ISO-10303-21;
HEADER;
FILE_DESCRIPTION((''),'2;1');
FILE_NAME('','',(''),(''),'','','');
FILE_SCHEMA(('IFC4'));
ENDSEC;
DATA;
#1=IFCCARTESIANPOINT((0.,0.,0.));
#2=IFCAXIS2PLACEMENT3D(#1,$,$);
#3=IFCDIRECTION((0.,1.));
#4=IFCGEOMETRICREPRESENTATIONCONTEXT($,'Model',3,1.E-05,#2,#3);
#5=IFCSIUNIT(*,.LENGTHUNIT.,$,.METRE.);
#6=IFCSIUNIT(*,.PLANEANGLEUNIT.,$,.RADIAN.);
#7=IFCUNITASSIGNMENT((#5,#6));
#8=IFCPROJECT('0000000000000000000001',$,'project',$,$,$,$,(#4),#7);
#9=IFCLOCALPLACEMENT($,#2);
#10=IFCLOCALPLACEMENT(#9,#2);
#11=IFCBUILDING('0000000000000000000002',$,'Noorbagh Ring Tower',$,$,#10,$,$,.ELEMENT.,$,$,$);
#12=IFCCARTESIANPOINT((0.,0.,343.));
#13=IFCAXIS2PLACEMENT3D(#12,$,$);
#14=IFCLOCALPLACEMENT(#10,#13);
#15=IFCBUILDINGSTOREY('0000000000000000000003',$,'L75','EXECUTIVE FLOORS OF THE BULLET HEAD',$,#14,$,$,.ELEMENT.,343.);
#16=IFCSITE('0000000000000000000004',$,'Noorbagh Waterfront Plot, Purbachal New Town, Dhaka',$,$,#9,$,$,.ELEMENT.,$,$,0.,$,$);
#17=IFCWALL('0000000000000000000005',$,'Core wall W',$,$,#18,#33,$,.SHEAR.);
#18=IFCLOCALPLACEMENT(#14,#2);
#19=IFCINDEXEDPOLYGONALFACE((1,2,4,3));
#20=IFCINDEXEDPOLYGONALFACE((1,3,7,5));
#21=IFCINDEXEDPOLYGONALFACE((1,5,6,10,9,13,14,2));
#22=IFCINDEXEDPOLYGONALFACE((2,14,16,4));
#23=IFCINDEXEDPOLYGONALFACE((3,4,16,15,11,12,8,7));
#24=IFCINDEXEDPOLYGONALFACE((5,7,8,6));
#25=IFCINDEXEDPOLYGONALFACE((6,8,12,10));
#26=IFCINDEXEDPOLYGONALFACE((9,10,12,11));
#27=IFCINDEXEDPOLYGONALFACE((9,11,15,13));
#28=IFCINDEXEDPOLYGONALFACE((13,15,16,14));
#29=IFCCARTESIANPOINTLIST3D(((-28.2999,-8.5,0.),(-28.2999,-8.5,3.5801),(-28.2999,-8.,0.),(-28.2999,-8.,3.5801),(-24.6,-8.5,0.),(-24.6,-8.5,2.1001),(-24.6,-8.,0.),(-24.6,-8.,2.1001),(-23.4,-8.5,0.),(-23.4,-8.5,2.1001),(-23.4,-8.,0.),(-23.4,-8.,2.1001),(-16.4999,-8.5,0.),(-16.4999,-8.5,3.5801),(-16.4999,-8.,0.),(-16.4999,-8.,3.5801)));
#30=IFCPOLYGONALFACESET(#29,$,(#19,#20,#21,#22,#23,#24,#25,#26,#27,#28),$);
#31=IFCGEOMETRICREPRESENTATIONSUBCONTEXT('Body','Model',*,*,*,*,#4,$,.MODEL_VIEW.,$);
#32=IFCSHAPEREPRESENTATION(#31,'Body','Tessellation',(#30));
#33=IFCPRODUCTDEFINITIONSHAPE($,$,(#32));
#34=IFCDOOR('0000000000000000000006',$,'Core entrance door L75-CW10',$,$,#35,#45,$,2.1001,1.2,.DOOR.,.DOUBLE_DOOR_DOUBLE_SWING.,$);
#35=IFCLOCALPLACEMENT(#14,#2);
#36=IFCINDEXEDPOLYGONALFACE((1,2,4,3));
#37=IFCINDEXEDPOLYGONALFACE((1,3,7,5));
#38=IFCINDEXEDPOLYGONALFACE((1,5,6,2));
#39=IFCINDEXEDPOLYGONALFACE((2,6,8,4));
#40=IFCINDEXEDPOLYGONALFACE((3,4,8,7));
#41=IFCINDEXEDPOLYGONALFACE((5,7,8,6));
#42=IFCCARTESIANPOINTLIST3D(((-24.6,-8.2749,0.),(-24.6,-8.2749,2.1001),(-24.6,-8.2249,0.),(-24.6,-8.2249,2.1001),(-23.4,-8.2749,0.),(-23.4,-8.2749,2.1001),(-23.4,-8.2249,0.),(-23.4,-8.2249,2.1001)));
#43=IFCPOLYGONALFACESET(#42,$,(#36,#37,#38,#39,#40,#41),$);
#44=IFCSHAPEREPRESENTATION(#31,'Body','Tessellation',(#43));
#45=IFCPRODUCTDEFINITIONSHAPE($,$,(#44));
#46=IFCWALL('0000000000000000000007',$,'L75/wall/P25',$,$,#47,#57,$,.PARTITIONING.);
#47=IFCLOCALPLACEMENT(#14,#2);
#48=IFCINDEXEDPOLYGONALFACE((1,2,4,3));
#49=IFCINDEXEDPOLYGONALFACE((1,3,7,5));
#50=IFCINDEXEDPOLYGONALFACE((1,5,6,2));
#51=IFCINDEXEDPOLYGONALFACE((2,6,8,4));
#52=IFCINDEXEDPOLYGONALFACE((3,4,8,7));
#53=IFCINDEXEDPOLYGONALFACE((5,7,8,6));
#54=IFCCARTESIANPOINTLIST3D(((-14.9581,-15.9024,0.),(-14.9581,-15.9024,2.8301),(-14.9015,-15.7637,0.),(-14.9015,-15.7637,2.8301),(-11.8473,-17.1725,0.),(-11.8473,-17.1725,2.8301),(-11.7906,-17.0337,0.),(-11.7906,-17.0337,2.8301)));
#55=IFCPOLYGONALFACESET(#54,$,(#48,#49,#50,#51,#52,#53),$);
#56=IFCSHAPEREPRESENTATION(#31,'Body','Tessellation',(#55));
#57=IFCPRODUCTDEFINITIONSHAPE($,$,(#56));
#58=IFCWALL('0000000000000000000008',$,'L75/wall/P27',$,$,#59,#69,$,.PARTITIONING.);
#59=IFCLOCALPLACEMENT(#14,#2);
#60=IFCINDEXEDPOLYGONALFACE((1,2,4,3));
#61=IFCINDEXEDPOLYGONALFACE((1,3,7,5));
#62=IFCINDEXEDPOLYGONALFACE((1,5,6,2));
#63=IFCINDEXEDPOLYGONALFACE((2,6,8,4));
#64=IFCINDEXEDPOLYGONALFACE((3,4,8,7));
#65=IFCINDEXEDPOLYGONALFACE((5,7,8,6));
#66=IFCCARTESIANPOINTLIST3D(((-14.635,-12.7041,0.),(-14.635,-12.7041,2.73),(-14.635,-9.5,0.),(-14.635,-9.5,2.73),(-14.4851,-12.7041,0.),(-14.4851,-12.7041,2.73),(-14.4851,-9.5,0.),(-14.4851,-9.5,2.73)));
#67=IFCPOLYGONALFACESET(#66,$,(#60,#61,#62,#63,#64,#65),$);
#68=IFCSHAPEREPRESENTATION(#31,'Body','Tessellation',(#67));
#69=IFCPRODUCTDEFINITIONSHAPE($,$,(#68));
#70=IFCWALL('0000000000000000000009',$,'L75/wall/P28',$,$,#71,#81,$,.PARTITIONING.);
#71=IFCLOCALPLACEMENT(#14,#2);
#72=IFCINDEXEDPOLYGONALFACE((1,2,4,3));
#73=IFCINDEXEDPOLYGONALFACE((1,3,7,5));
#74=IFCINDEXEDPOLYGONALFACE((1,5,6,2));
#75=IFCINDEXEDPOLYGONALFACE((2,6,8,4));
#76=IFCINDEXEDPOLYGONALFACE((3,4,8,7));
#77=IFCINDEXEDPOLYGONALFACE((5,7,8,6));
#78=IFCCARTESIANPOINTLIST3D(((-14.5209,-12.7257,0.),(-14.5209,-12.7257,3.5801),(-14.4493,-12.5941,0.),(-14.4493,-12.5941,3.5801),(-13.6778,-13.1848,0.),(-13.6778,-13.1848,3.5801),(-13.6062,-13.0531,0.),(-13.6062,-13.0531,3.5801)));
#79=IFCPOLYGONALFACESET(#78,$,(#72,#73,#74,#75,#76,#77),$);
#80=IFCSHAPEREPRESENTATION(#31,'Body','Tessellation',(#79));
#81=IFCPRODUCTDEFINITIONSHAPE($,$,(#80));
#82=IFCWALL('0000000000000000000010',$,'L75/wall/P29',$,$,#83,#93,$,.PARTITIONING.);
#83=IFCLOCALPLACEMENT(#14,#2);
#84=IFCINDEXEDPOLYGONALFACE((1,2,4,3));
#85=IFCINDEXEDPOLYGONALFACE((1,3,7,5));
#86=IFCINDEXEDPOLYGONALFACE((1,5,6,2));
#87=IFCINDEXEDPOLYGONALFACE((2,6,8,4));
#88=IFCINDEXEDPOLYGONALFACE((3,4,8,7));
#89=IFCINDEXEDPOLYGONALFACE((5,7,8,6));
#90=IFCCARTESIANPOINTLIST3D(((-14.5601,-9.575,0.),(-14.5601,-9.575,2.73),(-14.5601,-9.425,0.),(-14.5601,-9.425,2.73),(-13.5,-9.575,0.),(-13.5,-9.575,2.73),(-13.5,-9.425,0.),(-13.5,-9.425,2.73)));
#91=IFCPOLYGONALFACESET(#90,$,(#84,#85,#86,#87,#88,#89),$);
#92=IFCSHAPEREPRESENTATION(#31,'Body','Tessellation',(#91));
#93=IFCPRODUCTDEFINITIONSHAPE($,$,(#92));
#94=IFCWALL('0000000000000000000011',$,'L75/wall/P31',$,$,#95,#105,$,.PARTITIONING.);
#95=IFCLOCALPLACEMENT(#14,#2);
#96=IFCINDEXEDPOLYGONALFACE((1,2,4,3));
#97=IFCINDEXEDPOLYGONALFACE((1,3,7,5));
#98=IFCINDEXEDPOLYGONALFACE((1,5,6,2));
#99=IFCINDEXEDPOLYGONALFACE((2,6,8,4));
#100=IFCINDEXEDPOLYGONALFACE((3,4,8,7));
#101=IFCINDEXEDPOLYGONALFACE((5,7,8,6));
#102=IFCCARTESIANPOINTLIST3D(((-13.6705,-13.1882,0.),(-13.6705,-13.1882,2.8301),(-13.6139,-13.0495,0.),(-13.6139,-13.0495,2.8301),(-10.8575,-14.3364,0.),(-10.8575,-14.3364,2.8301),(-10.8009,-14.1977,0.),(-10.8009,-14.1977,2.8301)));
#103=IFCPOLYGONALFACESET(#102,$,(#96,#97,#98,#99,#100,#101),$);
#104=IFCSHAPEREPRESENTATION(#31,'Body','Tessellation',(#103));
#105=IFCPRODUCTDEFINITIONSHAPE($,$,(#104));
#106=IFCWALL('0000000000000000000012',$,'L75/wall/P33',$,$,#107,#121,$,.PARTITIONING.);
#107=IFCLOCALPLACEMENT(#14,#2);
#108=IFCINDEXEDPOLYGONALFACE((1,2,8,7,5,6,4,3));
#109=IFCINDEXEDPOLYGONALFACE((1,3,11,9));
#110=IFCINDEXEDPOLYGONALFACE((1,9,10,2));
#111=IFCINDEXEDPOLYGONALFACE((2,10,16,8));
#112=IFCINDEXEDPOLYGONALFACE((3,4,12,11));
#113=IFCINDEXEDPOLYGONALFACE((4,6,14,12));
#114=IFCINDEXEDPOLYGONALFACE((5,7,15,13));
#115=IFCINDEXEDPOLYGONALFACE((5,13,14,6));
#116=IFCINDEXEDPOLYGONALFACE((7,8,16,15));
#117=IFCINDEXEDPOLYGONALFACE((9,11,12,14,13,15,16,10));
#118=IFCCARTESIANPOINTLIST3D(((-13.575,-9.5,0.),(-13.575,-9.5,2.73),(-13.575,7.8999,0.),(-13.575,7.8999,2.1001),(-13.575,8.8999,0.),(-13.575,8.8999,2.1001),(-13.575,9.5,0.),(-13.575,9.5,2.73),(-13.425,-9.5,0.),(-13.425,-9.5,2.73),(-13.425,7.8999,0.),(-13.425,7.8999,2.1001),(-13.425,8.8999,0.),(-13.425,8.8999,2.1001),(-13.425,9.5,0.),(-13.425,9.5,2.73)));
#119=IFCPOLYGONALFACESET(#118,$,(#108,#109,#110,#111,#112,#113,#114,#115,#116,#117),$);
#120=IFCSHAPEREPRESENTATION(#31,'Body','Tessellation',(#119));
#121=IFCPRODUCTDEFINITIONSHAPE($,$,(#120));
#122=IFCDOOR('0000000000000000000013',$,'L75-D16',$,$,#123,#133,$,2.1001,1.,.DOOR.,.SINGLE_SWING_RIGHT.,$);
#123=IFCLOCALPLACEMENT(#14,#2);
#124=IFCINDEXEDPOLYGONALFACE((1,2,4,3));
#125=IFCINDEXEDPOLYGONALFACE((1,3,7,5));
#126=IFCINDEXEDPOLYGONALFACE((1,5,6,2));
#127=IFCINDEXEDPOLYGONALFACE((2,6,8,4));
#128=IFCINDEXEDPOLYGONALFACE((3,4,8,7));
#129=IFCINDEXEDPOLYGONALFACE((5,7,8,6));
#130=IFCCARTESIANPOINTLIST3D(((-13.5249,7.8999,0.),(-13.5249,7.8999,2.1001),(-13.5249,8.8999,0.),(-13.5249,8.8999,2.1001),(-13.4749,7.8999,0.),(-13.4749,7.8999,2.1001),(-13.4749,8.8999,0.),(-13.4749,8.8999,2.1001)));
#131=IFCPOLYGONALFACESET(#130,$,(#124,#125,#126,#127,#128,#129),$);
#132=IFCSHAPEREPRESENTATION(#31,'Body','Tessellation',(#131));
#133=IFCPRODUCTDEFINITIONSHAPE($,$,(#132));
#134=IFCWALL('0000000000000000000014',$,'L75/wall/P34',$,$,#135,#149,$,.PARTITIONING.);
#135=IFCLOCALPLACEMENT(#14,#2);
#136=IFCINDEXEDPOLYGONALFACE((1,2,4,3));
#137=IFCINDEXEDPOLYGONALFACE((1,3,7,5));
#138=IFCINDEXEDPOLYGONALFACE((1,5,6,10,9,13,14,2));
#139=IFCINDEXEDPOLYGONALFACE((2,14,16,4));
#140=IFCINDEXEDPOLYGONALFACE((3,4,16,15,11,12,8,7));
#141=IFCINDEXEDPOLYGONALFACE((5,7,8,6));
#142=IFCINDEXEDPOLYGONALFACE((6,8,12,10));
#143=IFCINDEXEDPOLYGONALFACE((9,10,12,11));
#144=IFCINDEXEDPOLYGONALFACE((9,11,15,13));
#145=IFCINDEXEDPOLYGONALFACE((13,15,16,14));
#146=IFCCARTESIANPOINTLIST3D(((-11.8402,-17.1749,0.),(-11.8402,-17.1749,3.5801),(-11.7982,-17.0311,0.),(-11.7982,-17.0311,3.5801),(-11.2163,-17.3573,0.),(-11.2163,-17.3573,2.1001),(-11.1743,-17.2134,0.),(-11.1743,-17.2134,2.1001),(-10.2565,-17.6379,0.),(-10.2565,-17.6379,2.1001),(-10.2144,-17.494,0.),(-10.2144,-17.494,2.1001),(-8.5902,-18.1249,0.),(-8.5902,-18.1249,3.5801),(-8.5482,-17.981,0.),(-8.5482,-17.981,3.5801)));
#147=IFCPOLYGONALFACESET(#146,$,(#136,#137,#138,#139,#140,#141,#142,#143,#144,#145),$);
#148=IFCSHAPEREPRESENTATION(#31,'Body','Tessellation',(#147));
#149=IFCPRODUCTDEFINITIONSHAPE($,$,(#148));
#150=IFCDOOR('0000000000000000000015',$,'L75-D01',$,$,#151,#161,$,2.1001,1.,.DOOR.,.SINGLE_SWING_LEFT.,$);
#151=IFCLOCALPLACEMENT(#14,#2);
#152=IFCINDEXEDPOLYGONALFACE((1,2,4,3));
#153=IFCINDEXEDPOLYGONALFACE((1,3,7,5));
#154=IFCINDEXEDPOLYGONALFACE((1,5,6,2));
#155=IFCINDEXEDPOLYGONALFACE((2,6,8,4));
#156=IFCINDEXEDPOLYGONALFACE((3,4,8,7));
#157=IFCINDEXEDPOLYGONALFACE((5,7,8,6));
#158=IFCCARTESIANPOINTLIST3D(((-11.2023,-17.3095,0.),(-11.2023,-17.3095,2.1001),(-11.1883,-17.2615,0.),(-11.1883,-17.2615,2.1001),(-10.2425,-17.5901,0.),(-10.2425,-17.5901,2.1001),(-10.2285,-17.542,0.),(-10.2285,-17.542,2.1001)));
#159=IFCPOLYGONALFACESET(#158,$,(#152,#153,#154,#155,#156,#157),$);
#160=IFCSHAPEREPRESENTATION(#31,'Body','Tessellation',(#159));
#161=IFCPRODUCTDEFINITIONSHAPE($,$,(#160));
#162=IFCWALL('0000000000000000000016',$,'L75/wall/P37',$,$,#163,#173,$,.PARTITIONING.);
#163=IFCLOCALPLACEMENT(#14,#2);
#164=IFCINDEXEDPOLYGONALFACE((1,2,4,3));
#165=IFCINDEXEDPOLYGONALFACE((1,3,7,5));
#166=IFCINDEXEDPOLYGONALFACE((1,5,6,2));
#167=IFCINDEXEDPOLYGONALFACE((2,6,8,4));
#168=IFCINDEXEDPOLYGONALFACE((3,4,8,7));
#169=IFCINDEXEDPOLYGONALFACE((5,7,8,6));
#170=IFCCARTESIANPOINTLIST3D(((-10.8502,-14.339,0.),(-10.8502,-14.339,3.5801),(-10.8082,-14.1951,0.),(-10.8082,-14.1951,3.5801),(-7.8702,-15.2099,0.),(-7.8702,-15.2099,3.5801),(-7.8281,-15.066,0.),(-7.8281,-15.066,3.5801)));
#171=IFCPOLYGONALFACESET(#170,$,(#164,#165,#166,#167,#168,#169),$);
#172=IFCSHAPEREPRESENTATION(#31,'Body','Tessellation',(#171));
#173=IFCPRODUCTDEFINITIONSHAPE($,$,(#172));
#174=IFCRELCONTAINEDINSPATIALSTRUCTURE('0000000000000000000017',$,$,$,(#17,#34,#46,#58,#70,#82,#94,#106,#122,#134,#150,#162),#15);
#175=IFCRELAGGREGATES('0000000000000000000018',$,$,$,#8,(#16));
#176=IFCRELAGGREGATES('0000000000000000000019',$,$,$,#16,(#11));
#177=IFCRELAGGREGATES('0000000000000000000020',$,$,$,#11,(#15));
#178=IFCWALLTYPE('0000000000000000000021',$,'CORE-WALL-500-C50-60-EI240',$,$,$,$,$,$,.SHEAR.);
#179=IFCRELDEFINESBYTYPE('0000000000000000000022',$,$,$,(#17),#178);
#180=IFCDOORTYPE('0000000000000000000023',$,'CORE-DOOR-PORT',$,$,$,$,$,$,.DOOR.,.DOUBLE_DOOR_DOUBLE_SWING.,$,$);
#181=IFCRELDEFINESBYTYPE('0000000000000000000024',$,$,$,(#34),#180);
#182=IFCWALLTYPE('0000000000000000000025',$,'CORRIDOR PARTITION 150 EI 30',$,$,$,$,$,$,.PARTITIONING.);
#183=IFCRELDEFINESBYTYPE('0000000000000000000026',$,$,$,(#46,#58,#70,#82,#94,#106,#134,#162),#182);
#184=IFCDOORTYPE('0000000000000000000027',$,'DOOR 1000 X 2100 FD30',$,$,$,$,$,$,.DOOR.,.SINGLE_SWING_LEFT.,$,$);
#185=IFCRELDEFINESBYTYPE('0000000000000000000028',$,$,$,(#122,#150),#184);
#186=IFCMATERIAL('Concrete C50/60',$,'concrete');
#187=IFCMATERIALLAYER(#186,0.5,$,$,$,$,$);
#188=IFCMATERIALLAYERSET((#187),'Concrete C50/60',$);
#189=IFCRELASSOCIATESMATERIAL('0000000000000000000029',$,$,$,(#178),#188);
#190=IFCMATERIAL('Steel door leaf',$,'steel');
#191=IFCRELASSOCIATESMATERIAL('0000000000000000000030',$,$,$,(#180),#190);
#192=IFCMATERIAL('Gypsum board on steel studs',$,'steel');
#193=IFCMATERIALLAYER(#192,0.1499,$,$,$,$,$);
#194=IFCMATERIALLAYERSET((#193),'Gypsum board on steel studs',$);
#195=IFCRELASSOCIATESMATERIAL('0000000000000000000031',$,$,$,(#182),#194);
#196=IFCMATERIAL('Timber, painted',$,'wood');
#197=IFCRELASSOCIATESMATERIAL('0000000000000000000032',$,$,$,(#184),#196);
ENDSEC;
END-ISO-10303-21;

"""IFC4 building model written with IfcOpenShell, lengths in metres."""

from ifc_helpers import new_model, si_unit, direction, frame, frame_2d, origin, place, context, subcontext, project, spatial, rectangle, extrude, material, layer, layer_set, type_object, element, fill, save


model = new_model("IFC4")

# Units and contexts
model_context = context("Model", 3, precision=1e-05, world=origin(), true_north=direction((0.0, 1.0)))
body_context = subcontext(model_context, "Body", "Model", "MODEL_VIEW")
ifc_project = project(units=[si_unit("LENGTHUNIT", "METRE"), si_unit("PLANEANGLEUNIT", "RADIAN")], contexts=[model_context])

# Site, building, storey
site_placement = place(None, origin())
site = spatial("IfcSite", under=ifc_project, at=site_placement, Name="Noorbagh Waterfront Plot, Purbachal New Town, Dhaka", CompositionType="ELEMENT", RefElevation=0.0)
building_placement = place(site_placement, origin())
building = spatial("IfcBuilding", under=site, at=building_placement, Name="Noorbagh Ring Tower", CompositionType="ELEMENT")
storey_placement = place(building_placement, frame((0.0, 0.0, 343.0)))
storey = spatial("IfcBuildingStorey", under=building, at=storey_placement, Name="L75", Description="EXECUTIVE FLOORS OF THE BULLET HEAD", CompositionType="ELEMENT", Elevation=343.0)

# Wall, opening, door
ifc_material_1 = material(Name="Concrete C50/60", Category="concrete")
ifc_layer_1 = layer(ifc_material_1, 0.5)
ifc_layer_set_1 = layer_set([ifc_layer_1], Name="Concrete C50/60")
wall_type_1 = type_object("IfcWallType", Name="CORE-WALL-500-C50-60-EI240", PredefinedType="SHEAR", material=ifc_layer_set_1)
wall_1_placement = place(storey_placement, frame((-16.5, -8.25, 0.0), z_axis=(0.0, 0.0, 1.0), x_axis=(-1.0, 0.0, 0.0)))
wall_1 = element("IfcWall", 1, at=wall_1_placement, inside=storey, type_object=wall_type_1, Name="Core wall W", PredefinedType="SHEAR", context=body_context, shape_type="SweptSolid", body=[
    extrude(rectangle(XDim=11.8, YDim=0.5, at=frame_2d((5.8999, 0.0))), origin(), (0.0, 0.0, 1.0), 3.5801),
])
opening_1_placement = place(wall_1_placement, frame((6.8999, 0.0, 0.0)))
opening_1 = element("IfcOpeningElement", 2, at=opening_1_placement, cuts=wall_1, PredefinedType="OPENING", context=body_context, shape_type="SweptSolid", body=[
    extrude(rectangle(XDim=1.2, YDim=2.1001, at=frame_2d((0.6001, 1.05))), frame((0.0, 0.26, 0.0), z_axis=(0.0, -1.0, 0.0), x_axis=(1.0, 0.0, 0.0)), (0.0, 0.0, 1.0), 0.52),
])
ifc_material_2 = material(Name="Steel door leaf", Category="steel")
door_type_1 = type_object("IfcDoorType", Name="CORE-DOOR-PORT", OperationType="DOUBLE_DOOR_DOUBLE_SWING", PredefinedType="DOOR", material=ifc_material_2)
door_1_placement = place(opening_1_placement, origin())
door_1 = element("IfcDoor", 3, at=door_1_placement, inside=storey, type_object=door_type_1, Name="Core entrance door L75-CW10", OperationType="DOUBLE_DOOR_DOUBLE_SWING", OverallHeight=2.1001, OverallWidth=1.2, PredefinedType="DOOR", context=body_context, shape_type="SweptSolid", body=[
    extrude(rectangle(XDim=1.2, YDim=2.1001, at=frame_2d((0.6001, 1.05))), frame((0.0, 0.0249, 0.0), z_axis=(0.0, -1.0, 0.0), x_axis=(1.0, 0.0, 0.0)), (0.0, 0.0, 1.0), 0.05),
])
fill(opening_1, door_1)

# Walls
ifc_material_3 = material(Name="Gypsum board on steel studs", Category="steel")
ifc_layer_2 = layer(ifc_material_3, 0.1499)
ifc_layer_set_2 = layer_set([ifc_layer_2], Name="Gypsum board on steel studs")
wall_type_2 = type_object("IfcWallType", Name="CORRIDOR PARTITION 150 EI 30", PredefinedType="PARTITIONING", material=ifc_layer_set_2)
wall_2_placement = place(storey_placement, frame((-14.9299, -15.833, 0.0), z_axis=(0.0, 0.0, 1.0), x_axis=(0.925818, -0.377971, 0.0)))
element("IfcWall", 4, at=wall_2_placement, inside=storey, type_object=wall_type_2, Name="L75/wall/P25", PredefinedType="PARTITIONING", context=body_context, shape_type="SweptSolid", body=[
    extrude(rectangle(XDim=3.3601, YDim=0.1499, at=frame_2d((1.6802, 0.0))), origin(), (0.0, 0.0, 1.0), 2.8301),
])
wall_3_placement = place(storey_placement, frame((-14.5601, -12.7041, 0.0), z_axis=(0.0, 0.0, 1.0), x_axis=(0.0, 1.0, 0.0)))
element("IfcWall", 5, at=wall_3_placement, inside=storey, type_object=wall_type_2, Name="L75/wall/P27", PredefinedType="PARTITIONING", context=body_context, shape_type="SweptSolid", body=[
    extrude(rectangle(XDim=3.2041, YDim=0.1499, at=frame_2d((1.6021, 0.0))), origin(), (0.0, 0.0, 1.0), 2.73),
])
wall_4_placement = place(storey_placement, frame((-14.4851, -12.6599, 0.0), z_axis=(0.0, 0.0, 1.0), x_axis=(0.878265, -0.478175, 0.0)))
element("IfcWall", 6, at=wall_4_placement, inside=storey, type_object=wall_type_2, Name="L75/wall/P28", PredefinedType="PARTITIONING", context=body_context, shape_type="SweptSolid", body=[
    extrude(rectangle(XDim=0.96, YDim=0.1499, at=frame_2d((0.48, 0.0))), origin(), (0.0, 0.0, 1.0), 3.5801),
])
wall_5_placement = place(storey_placement, frame((-14.5601, -9.5, 0.0), z_axis=(0.0, 0.0, 1.0), x_axis=(1.0, 0.0, 0.0)))
element("IfcWall", 7, at=wall_5_placement, inside=storey, type_object=wall_type_2, Name="L75/wall/P29", PredefinedType="PARTITIONING", context=body_context, shape_type="SweptSolid", body=[
    extrude(rectangle(XDim=1.0601, YDim=0.1499, at=frame_2d((0.53, 0.0))), origin(), (0.0, 0.0, 1.0), 2.73),
])
wall_6_placement = place(storey_placement, frame((-13.6421, -13.1189, 0.0), z_axis=(0.0, 0.0, 1.0), x_axis=(0.925844, -0.377907, 0.0)))
element("IfcWall", 8, at=wall_6_placement, inside=storey, type_object=wall_type_2, Name="L75/wall/P31", PredefinedType="PARTITIONING", context=body_context, shape_type="SweptSolid", body=[
    extrude(rectangle(XDim=3.0383, YDim=0.1499, at=frame_2d((1.519, 0.0))), origin(), (0.0, 0.0, 1.0), 2.8301),
])

# Walls, openings, doors
wall_7_placement = place(storey_placement, frame((-13.5, -9.5, 0.0), z_axis=(0.0, 0.0, 1.0), x_axis=(0.0, 1.0, 0.0)))
wall_7 = element("IfcWall", 9, at=wall_7_placement, inside=storey, type_object=wall_type_2, Name="L75/wall/P33", PredefinedType="PARTITIONING", context=body_context, shape_type="SweptSolid", body=[
    extrude(rectangle(XDim=19.0, YDim=0.1499, at=frame_2d((9.5, 0.0))), origin(), (0.0, 0.0, 1.0), 2.73),
])
opening_2_placement = place(wall_7_placement, frame((17.3999, 0.0, 0.0)))
opening_2 = element("IfcOpeningElement", 10, at=opening_2_placement, cuts=wall_7, PredefinedType="OPENING", context=body_context, shape_type="SweptSolid", body=[
    extrude(rectangle(XDim=1.0, YDim=2.1001, at=frame_2d((0.5, 1.05))), frame((0.0, 0.085, 0.0), z_axis=(0.0, -1.0, 0.0), x_axis=(1.0, 0.0, 0.0)), (0.0, 0.0, 1.0), 0.1699),
])
ifc_material_4 = material(Name="Timber, painted", Category="wood")
door_type_2 = type_object("IfcDoorType", Name="DOOR 1000 X 2100 FD30", OperationType="SINGLE_SWING_LEFT", PredefinedType="DOOR", material=ifc_material_4)
door_2_placement = place(opening_2_placement, origin())
door_2 = element("IfcDoor", 11, at=door_2_placement, inside=storey, type_object=door_type_2, Name="L75-D16", OperationType="SINGLE_SWING_RIGHT", OverallHeight=2.1001, OverallWidth=1.0, PredefinedType="DOOR", context=body_context, shape_type="SweptSolid", body=[
    extrude(rectangle(XDim=1.0, YDim=2.1001, at=frame_2d((0.5, 1.05))), frame((0.0, 0.0249, 0.0), z_axis=(0.0, -1.0, 0.0), x_axis=(1.0, 0.0, 0.0)), (0.0, 0.0, 1.0), 0.05),
])
fill(opening_2, door_2)
wall_8_placement = place(storey_placement, frame((-11.8191, -17.103, 0.0), z_axis=(0.0, 0.0, 1.0), x_axis=(0.959838, -0.280554, 0.0)))
wall_8 = element("IfcWall", 12, at=wall_8_placement, inside=storey, type_object=wall_type_2, Name="L75/wall/P34", PredefinedType="PARTITIONING", context=body_context, shape_type="SweptSolid", body=[
    extrude(rectangle(XDim=3.386, YDim=0.1499, at=frame_2d((1.6929, 0.0))), origin(), (0.0, 0.0, 1.0), 3.5801),
])
opening_3_placement = place(wall_8_placement, frame((0.6499, 0.0, 0.0)))
opening_3 = element("IfcOpeningElement", 13, at=opening_3_placement, cuts=wall_8, PredefinedType="OPENING", context=body_context, shape_type="SweptSolid", body=[
    extrude(rectangle(XDim=1.0, YDim=2.1001, at=frame_2d((0.5, 1.05))), frame((0.0, 0.085, 0.0), z_axis=(0.0, -1.0, 0.0), x_axis=(1.0, 0.0, 0.0)), (0.0, 0.0, 1.0), 0.1699),
])
door_3_placement = place(opening_3_placement, origin())
door_3 = element("IfcDoor", 14, at=door_3_placement, inside=storey, type_object=door_type_2, Name="L75-D01", OperationType="SINGLE_SWING_LEFT", OverallHeight=2.1001, OverallWidth=1.0, PredefinedType="DOOR", context=body_context, shape_type="SweptSolid", body=[
    extrude(rectangle(XDim=1.0, YDim=2.1001, at=frame_2d((0.5, 1.05))), frame((0.0, 0.0249, 0.0), z_axis=(0.0, -1.0, 0.0), x_axis=(1.0, 0.0, 0.0)), (0.0, 0.0, 1.0), 0.05),
])
fill(opening_3, door_3)

# Wall
wall_9_placement = place(storey_placement, frame((-10.8291, -14.2671, 0.0), z_axis=(0.0, 0.0, 1.0), x_axis=(0.959854, -0.280501, 0.0)))
element("IfcWall", 15, at=wall_9_placement, inside=storey, type_object=wall_type_2, Name="L75/wall/P37", PredefinedType="PARTITIONING", context=body_context, shape_type="SweptSolid", body=[
    extrude(rectangle(XDim=3.1047, YDim=0.1499, at=frame_2d((1.5522, 0.0))), origin(), (0.0, 0.0, 1.0), 3.5801),
])

save(model, "model.ifc")
